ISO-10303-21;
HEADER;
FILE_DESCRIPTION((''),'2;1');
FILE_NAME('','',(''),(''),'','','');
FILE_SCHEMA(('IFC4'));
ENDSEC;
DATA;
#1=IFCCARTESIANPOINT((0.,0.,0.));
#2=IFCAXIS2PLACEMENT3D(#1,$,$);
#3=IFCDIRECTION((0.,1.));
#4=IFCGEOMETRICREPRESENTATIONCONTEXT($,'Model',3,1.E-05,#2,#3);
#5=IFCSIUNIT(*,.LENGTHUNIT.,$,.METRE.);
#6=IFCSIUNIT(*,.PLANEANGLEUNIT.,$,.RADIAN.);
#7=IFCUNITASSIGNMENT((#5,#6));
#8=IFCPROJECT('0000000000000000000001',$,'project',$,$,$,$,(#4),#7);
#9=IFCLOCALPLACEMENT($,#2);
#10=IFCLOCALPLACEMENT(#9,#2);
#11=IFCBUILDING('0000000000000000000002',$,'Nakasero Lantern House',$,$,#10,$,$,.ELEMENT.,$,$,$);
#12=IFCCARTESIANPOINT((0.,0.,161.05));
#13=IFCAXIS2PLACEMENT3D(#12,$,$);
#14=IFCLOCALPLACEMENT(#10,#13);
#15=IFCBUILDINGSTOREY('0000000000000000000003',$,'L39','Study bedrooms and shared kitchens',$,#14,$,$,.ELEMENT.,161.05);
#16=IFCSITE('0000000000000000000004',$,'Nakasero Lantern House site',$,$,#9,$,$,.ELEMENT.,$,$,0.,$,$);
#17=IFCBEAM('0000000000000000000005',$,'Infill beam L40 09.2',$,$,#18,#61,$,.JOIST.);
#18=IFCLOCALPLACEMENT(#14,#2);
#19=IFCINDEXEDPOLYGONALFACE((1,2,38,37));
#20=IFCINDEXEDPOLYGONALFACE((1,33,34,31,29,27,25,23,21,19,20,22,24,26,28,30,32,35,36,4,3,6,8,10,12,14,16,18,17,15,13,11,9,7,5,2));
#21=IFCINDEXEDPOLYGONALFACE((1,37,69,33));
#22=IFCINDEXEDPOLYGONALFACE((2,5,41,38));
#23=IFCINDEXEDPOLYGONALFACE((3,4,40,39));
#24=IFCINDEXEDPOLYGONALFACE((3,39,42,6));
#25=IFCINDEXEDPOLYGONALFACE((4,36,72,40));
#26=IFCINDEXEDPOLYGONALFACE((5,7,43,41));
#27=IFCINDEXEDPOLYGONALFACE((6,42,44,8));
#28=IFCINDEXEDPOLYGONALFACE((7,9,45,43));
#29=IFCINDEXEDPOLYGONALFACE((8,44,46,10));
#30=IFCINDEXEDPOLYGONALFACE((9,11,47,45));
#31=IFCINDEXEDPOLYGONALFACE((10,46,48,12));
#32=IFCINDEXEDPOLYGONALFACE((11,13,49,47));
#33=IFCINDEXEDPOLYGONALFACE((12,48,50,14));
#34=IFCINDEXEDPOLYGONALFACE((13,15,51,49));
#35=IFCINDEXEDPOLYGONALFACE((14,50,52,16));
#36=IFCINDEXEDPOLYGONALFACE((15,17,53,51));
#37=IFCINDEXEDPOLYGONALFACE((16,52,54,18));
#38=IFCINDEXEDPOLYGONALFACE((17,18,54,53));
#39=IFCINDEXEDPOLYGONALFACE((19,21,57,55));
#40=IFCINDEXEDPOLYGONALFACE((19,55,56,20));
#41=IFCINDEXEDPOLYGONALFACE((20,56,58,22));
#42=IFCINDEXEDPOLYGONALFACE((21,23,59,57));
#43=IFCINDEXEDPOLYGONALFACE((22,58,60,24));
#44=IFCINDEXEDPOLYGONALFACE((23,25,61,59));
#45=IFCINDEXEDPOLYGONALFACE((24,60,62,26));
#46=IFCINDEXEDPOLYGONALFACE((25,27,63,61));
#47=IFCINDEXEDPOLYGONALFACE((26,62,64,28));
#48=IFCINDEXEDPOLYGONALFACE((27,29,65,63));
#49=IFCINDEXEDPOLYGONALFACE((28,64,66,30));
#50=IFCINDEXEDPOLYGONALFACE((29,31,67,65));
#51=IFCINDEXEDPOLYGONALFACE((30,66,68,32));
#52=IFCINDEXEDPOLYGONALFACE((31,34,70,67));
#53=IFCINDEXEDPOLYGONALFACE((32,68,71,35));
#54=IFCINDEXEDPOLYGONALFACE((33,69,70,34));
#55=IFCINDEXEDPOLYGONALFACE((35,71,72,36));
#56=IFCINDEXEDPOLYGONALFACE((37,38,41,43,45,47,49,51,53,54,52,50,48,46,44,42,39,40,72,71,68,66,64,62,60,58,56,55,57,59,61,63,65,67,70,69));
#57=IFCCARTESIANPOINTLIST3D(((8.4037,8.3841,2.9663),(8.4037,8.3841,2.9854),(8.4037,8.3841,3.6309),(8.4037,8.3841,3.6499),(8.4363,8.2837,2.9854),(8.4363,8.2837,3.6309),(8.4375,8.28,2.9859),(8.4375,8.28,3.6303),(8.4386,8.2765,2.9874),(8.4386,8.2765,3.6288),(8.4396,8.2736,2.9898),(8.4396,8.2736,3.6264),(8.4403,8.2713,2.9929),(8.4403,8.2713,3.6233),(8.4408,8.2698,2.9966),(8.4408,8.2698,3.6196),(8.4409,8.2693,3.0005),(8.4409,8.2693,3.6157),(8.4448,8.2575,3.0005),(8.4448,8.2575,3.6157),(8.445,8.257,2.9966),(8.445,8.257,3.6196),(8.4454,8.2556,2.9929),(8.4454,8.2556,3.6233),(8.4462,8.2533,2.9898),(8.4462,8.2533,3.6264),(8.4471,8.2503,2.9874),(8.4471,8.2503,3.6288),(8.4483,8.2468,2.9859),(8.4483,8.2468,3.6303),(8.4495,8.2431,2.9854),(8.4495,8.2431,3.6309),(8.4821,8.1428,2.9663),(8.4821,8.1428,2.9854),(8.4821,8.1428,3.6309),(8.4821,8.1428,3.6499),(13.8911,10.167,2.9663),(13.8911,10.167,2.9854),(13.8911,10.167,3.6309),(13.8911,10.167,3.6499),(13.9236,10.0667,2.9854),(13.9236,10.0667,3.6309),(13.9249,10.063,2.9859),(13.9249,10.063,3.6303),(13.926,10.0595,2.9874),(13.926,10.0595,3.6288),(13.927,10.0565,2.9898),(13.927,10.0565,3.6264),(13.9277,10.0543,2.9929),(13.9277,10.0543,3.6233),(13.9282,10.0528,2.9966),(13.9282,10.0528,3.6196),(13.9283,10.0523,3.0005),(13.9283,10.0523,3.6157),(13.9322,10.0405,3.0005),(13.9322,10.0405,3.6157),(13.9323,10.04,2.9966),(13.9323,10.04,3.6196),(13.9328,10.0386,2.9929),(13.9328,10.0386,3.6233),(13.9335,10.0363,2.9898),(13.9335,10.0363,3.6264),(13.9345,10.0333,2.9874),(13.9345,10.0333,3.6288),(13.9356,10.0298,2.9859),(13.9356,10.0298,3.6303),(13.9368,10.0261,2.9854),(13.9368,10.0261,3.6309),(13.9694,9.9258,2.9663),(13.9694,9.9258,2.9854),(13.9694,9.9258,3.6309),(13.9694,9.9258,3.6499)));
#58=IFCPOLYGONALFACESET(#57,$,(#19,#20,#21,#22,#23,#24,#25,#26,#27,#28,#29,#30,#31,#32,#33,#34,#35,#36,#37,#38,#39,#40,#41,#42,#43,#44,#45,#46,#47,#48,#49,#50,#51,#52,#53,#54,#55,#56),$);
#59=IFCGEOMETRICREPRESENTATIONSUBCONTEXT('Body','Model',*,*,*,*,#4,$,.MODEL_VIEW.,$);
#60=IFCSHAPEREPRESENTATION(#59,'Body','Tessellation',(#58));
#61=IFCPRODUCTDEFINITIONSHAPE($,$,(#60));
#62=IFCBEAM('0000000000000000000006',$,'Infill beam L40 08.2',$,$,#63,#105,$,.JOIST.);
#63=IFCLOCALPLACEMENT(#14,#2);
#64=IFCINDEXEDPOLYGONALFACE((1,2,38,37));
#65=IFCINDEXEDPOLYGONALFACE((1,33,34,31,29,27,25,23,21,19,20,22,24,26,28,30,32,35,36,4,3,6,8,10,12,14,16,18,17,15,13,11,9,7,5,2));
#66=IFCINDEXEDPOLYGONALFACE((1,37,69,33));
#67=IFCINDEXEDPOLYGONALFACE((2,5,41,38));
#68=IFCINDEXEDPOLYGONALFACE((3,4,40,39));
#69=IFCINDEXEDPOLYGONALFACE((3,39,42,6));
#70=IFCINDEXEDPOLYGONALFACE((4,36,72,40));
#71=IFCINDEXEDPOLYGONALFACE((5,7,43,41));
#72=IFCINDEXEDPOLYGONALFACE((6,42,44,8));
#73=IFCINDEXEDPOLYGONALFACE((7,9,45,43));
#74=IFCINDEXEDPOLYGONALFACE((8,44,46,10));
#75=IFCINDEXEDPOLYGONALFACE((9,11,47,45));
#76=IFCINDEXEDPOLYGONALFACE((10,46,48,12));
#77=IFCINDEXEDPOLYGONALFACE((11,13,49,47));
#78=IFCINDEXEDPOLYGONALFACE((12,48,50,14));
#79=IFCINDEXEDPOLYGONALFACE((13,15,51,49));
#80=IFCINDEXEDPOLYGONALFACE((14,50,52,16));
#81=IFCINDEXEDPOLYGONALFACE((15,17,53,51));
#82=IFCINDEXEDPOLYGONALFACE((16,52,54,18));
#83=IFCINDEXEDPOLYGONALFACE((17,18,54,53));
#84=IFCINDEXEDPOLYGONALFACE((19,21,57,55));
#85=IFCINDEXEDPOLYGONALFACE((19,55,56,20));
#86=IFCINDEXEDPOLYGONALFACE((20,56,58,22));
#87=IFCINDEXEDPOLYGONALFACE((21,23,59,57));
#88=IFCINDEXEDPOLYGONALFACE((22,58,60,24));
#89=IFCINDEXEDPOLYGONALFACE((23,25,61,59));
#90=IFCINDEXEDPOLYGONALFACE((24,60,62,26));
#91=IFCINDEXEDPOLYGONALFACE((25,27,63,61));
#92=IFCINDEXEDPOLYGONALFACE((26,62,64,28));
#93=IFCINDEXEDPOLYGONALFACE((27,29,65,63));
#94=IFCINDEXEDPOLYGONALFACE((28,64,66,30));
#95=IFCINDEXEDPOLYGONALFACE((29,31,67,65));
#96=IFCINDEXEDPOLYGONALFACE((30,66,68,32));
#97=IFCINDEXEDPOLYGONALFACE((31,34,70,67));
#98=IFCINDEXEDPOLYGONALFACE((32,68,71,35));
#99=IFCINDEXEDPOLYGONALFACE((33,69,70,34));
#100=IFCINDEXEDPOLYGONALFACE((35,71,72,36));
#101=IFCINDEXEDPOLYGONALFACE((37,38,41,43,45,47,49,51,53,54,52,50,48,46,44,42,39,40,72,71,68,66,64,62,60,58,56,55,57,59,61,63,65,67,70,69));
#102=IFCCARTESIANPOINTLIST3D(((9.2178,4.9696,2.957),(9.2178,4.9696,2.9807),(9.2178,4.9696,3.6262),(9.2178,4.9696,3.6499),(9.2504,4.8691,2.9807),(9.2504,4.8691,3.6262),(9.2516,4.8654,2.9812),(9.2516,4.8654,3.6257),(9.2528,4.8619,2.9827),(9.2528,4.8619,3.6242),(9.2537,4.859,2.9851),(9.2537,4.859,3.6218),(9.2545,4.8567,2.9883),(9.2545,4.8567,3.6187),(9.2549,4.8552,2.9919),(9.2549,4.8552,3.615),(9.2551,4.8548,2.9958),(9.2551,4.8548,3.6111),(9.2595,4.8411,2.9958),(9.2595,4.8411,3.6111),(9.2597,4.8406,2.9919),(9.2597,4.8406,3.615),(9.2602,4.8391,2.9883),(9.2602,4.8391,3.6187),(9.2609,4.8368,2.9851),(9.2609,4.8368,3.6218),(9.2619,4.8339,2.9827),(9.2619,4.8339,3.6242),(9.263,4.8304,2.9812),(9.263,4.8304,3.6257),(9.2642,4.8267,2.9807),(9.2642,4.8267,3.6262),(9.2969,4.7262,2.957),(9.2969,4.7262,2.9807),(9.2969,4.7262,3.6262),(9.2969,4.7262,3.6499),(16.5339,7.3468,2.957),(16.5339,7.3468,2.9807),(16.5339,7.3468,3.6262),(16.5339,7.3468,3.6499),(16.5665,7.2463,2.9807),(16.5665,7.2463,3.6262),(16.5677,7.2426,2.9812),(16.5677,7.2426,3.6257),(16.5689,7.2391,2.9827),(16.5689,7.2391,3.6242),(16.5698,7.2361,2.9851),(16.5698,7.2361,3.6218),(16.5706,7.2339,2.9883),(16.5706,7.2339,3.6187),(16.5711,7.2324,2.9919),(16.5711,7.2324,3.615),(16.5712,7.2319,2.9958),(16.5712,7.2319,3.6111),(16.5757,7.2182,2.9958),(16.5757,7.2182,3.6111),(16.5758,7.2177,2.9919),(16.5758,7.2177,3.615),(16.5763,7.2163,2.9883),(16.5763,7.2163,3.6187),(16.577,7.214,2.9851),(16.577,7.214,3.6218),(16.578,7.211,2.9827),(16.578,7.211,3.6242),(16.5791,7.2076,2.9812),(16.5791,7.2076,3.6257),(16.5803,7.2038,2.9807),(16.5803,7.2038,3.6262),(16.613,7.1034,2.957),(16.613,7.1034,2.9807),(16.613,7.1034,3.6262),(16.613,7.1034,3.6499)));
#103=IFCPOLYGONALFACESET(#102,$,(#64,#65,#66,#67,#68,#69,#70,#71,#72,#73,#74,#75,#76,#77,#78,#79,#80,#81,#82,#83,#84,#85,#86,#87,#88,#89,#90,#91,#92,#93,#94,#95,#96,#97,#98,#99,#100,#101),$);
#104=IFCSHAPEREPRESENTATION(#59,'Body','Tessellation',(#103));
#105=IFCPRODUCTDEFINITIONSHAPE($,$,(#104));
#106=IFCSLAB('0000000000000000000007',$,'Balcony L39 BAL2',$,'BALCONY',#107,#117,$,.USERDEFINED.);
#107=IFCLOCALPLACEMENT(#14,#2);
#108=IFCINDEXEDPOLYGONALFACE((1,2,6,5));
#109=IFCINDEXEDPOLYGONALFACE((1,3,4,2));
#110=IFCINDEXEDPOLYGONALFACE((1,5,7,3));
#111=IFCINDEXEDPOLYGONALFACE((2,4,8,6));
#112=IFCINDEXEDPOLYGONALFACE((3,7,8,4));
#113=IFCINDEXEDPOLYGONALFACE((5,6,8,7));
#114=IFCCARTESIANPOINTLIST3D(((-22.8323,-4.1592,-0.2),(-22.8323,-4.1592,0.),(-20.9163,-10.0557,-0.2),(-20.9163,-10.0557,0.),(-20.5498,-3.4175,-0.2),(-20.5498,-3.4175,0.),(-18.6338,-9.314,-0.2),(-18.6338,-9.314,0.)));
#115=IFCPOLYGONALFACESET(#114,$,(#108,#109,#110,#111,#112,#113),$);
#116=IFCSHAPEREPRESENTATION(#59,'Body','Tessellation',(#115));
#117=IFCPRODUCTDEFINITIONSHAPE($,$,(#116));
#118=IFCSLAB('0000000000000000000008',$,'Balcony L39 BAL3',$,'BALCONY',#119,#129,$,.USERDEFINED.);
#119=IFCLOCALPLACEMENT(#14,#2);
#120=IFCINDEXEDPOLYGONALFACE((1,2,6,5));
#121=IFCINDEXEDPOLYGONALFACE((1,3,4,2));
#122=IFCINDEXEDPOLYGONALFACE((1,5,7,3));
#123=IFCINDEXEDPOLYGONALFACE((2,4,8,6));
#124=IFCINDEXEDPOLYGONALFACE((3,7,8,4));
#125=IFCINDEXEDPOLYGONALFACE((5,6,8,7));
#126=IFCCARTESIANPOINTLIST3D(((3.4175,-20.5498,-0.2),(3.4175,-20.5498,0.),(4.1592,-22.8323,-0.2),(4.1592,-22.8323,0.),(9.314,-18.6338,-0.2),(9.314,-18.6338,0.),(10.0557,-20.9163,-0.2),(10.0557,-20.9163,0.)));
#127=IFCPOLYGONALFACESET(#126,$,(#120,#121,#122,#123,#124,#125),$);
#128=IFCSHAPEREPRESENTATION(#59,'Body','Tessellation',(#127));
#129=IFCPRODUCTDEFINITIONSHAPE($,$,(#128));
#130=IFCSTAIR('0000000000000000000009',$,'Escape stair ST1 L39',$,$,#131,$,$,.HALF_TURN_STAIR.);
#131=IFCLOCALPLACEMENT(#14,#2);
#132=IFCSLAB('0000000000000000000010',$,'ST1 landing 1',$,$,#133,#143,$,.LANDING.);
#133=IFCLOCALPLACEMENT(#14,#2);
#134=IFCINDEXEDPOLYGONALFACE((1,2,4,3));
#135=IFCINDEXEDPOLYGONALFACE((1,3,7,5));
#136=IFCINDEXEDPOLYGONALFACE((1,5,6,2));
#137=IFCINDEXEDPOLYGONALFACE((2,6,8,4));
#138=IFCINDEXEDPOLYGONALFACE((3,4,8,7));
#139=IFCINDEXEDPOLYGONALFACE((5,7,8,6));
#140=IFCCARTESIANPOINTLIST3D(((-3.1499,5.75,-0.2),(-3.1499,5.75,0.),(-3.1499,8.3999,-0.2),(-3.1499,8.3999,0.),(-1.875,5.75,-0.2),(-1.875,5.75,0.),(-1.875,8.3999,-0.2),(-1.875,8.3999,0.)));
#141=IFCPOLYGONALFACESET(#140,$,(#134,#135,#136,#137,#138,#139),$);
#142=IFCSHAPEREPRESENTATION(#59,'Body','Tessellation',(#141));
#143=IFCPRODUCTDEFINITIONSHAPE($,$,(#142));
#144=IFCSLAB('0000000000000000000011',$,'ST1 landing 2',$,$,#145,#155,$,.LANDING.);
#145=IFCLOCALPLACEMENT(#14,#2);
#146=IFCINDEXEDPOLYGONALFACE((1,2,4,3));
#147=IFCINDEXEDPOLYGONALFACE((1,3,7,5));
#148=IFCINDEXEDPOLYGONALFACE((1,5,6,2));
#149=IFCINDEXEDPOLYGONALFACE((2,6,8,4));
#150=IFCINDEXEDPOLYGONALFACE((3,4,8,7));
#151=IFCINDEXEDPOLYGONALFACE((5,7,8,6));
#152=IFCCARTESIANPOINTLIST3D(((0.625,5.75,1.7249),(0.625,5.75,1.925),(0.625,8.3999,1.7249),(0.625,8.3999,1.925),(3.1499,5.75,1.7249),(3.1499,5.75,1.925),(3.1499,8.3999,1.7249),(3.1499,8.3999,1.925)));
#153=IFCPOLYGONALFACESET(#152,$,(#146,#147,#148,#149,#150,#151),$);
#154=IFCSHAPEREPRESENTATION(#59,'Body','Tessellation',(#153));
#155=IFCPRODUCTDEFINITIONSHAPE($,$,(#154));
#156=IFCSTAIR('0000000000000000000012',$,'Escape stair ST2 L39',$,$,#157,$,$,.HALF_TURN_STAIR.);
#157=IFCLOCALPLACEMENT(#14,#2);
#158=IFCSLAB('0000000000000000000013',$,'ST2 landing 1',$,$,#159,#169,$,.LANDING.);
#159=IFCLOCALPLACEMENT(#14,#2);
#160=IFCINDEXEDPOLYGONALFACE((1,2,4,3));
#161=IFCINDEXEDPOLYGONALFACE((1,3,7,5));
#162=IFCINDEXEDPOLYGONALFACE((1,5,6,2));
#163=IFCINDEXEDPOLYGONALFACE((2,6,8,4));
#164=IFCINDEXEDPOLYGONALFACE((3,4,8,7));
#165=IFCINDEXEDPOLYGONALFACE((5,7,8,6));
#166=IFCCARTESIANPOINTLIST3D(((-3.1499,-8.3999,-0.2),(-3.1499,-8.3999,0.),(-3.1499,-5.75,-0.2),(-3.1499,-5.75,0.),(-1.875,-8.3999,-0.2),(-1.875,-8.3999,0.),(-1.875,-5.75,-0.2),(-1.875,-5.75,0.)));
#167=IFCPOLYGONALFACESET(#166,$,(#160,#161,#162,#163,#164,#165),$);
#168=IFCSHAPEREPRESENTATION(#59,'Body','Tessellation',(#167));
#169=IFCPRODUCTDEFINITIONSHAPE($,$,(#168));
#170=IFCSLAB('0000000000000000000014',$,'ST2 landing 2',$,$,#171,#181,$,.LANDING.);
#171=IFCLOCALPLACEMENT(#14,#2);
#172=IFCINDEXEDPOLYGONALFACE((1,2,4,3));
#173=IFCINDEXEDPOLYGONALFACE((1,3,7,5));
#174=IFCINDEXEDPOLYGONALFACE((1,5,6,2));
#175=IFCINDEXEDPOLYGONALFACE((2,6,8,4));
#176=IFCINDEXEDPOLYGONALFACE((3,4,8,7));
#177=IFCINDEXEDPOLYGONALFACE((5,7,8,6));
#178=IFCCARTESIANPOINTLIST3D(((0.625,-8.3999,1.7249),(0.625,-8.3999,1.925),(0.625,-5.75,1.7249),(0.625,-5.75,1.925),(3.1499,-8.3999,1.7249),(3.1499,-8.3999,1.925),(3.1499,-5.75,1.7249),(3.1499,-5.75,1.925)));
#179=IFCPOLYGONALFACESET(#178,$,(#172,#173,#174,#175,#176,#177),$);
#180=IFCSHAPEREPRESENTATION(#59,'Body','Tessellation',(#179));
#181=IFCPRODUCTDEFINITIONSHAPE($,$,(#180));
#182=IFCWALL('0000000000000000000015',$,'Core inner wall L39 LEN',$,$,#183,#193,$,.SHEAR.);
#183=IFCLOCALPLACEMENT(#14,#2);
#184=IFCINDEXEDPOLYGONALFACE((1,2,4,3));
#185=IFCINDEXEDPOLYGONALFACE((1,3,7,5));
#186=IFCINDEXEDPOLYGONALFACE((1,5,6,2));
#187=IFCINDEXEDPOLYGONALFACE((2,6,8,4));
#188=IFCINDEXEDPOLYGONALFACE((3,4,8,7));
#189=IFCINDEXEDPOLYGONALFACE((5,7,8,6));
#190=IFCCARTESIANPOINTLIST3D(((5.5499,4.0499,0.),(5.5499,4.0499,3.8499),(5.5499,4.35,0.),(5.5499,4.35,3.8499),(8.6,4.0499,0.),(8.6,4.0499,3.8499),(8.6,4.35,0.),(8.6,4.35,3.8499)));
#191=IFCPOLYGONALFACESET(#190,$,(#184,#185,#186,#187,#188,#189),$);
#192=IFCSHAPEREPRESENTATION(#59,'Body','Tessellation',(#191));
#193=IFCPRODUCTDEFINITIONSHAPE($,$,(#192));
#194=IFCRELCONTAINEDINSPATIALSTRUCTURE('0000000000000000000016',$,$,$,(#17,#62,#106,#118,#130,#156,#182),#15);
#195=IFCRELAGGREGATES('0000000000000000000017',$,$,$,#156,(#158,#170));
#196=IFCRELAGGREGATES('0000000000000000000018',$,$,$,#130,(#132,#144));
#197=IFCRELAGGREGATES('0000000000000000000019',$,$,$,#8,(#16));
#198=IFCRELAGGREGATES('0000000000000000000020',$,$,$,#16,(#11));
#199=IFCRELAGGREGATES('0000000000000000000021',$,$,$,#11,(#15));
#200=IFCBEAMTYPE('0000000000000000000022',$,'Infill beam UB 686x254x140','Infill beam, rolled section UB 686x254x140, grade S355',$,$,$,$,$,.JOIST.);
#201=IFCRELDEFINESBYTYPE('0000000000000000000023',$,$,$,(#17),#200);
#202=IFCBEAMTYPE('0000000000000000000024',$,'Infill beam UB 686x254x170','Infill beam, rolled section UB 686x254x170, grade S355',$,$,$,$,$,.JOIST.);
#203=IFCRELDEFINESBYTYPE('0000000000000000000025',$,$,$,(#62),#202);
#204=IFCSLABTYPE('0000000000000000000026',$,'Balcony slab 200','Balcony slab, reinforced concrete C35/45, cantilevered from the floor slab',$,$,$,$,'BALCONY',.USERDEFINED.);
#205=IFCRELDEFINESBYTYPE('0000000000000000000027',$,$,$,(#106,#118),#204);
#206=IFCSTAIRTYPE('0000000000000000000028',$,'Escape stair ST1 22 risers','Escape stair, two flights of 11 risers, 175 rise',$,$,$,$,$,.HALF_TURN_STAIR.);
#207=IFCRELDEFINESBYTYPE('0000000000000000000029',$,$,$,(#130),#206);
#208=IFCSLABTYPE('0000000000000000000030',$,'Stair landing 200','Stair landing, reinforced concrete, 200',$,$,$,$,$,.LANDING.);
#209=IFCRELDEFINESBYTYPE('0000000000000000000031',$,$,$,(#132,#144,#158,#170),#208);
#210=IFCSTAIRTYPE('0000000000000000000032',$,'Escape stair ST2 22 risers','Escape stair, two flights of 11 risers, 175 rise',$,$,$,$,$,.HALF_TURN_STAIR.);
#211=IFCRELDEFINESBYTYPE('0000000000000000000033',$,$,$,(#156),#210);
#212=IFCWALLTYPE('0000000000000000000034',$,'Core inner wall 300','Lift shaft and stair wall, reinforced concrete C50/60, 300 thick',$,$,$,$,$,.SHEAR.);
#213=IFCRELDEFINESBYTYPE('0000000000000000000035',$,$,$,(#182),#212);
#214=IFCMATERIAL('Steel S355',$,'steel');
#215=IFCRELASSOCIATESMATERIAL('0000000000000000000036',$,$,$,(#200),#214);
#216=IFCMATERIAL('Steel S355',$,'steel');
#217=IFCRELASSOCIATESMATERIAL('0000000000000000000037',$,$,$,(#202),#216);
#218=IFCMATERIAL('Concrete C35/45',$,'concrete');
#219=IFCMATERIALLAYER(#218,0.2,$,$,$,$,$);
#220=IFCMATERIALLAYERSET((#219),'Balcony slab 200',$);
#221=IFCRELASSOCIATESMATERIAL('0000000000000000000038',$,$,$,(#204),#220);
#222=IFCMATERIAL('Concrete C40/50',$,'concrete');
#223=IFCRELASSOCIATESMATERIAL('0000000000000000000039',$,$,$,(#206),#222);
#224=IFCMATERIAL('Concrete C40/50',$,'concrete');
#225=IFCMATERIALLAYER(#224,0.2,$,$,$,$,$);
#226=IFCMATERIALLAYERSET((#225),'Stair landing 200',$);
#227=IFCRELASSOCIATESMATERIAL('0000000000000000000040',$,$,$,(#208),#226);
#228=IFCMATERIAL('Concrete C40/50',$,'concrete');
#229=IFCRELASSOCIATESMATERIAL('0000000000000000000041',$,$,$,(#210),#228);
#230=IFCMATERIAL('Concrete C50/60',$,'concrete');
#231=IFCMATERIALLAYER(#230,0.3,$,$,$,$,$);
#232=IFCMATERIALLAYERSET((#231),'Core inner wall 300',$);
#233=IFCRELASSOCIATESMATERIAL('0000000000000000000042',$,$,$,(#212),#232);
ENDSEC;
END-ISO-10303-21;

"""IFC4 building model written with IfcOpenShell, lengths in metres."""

from ifc_helpers import new_model, si_unit, direction, frame, frame_2d, origin, origin_2d, place, context, subcontext, project, spatial, polyline, rectangle, i_section, outline, extrude, material, layer, layer_set, material_profile, profile_set, type_object, element, aggregate, save


model = new_model("IFC4")

# Units and contexts
model_context = context("Model", 3, precision=1e-05, world=origin(), true_north=direction((0.0, 1.0)))
body_context = subcontext(model_context, "Body", "Model", "MODEL_VIEW")
ifc_project = project(units=[si_unit("LENGTHUNIT", "METRE"), si_unit("PLANEANGLEUNIT", "RADIAN")], contexts=[model_context])

# Site, building, storey
site_placement = place(None, origin())
site = spatial("IfcSite", under=ifc_project, at=site_placement, Name="Nakasero Lantern House site", CompositionType="ELEMENT", RefElevation=0.0)
building_placement = place(site_placement, origin())
building = spatial("IfcBuilding", under=site, at=building_placement, Name="Nakasero Lantern House", CompositionType="ELEMENT")
storey_placement = place(building_placement, frame((0.0, 0.0, 161.05)))
storey = spatial("IfcBuildingStorey", under=building, at=storey_placement, Name="L39", Description="Study bedrooms and shared kitchens", CompositionType="ELEMENT", Elevation=161.05)

# Beams
ifc_material_1 = material(Name="Steel S355", Category="steel")
ifc_material_profile_1 = material_profile(ifc_material_1, i_section(OverallWidth=0.2537, OverallDepth=0.6836, WebThickness=0.0125, FlangeThickness=0.019, FilletRadius=0.0151, at=origin_2d()), Name="UB 686x254x140")
ifc_profile_set_1 = profile_set([ifc_material_profile_1], Name="Steel S355")
beam_type_1 = type_object("IfcBeamType", Name="Infill beam UB 686x254x140", Description="Infill beam, rolled section UB 686x254x140, grade S355", PredefinedType="JOIST", material=ifc_profile_set_1)
beam_1_placement = place(storey_placement, frame((8.4429, 8.2634, 3.3081), z_axis=(0.951055, 0.309021, 0.0), x_axis=(-0.309021, 0.951055, 0.0)))
element("IfcBeam", 1, at=beam_1_placement, inside=storey, type_object=beam_type_1, Name="Infill beam L40 09.2", PredefinedType="JOIST", context=body_context, shape_type="SweptSolid", body=[
    extrude(i_section(OverallWidth=0.2537, OverallDepth=0.6836, WebThickness=0.0125, FlangeThickness=0.019, FilletRadius=0.0151, at=origin_2d()), origin(), (0.0, 0.0, 1.0), 5.7698),
])
ifc_material_2 = material(Name="Steel S355", Category="steel")
ifc_material_profile_2 = material_profile(ifc_material_2, i_section(OverallWidth=0.2559, OverallDepth=0.6929, WebThickness=0.0144, FlangeThickness=0.0237, FilletRadius=0.0151, at=origin_2d()), Name="UB 686x254x170")
ifc_profile_set_2 = profile_set([ifc_material_profile_2], Name="Steel S355")
beam_type_2 = type_object("IfcBeamType", Name="Infill beam UB 686x254x170", Description="Infill beam, rolled section UB 686x254x170, grade S355", PredefinedType="JOIST", material=ifc_profile_set_2)
beam_2_placement = place(storey_placement, frame((9.2573, 4.8479, 3.3035), z_axis=(0.951055, 0.309021, 0.0), x_axis=(-0.309021, 0.951055, 0.0)))
element("IfcBeam", 2, at=beam_2_placement, inside=storey, type_object=beam_type_2, Name="Infill beam L40 08.2", PredefinedType="JOIST", context=body_context, shape_type="SweptSolid", body=[
    extrude(i_section(OverallWidth=0.2559, OverallDepth=0.6929, WebThickness=0.0144, FlangeThickness=0.0237, FilletRadius=0.0151, at=origin_2d()), origin(), (0.0, 0.0, 1.0), 7.6926),
])

# Slabs
ifc_material_3 = material(Name="Concrete C35/45", Category="concrete")
ifc_layer_1 = layer(ifc_material_3, 0.2)
ifc_layer_set_1 = layer_set([ifc_layer_1], Name="Balcony slab 200")
slab_type_1 = type_object("IfcSlabType", Name="Balcony slab 200", Description="Balcony slab, reinforced concrete C35/45, cantilevered from the floor slab", ElementType="BALCONY", PredefinedType="USERDEFINED", material=ifc_layer_set_1)
slab_1_placement = place(storey_placement, frame((0.0, 0.0, -0.2)))
element("IfcSlab", 3, at=slab_1_placement, inside=storey, type_object=slab_type_1, Name="Balcony L39 BAL2", ObjectType="BALCONY", PredefinedType="USERDEFINED", context=body_context, shape_type="SweptSolid", body=[
    extrude(outline(polyline([(-20.5498, -3.4175), (-22.8323, -4.1592), (-20.9163, -10.0557), (-18.6338, -9.314), (-20.5498, -3.4175)])), origin(), (0.0, 0.0, 1.0), 0.2),
])
slab_2_placement = place(storey_placement, frame((0.0, 0.0, -0.2)))
element("IfcSlab", 4, at=slab_2_placement, inside=storey, type_object=slab_type_1, Name="Balcony L39 BAL3", ObjectType="BALCONY", PredefinedType="USERDEFINED", context=body_context, shape_type="SweptSolid", body=[
    extrude(outline(polyline([(3.4175, -20.5498), (4.1592, -22.8323), (10.0557, -20.9163), (9.314, -18.6338), (3.4175, -20.5498)])), origin(), (0.0, 0.0, 1.0), 0.2),
])

# Stairs, slabs
ifc_material_4 = material(Name="Concrete C40/50", Category="concrete")
stair_type_1 = type_object("IfcStairType", Name="Escape stair ST1 22 risers", Description="Escape stair, two flights of 11 risers, 175 rise", PredefinedType="HALF_TURN_STAIR", material=ifc_material_4)
stair_1_placement = place(storey_placement, origin())
stair_1 = element("IfcStair", 5, at=stair_1_placement, inside=storey, type_object=stair_type_1, Name="Escape stair ST1 L39", PredefinedType="HALF_TURN_STAIR")
ifc_material_5 = material(Name="Concrete C40/50", Category="concrete")
ifc_layer_2 = layer(ifc_material_5, 0.2)
ifc_layer_set_2 = layer_set([ifc_layer_2], Name="Stair landing 200")
slab_type_2 = type_object("IfcSlabType", Name="Stair landing 200", Description="Stair landing, reinforced concrete, 200", PredefinedType="LANDING", material=ifc_layer_set_2)
slab_3_placement = place(storey_placement, frame((0.0, 0.0, -0.2)))
slab_3 = element("IfcSlab", 6, at=slab_3_placement, type_object=slab_type_2, Name="ST1 landing 1", PredefinedType="LANDING", context=body_context, shape_type="SweptSolid", body=[
    extrude(outline(polyline([(-3.1499, 5.75), (-1.875, 5.75), (-1.875, 8.3999), (-3.1499, 8.3999), (-3.1499, 5.75)])), origin(), (0.0, 0.0, 1.0), 0.2),
])
slab_4_placement = place(storey_placement, frame((0.0, 0.0, 1.7249)))
slab_4 = element("IfcSlab", 7, at=slab_4_placement, type_object=slab_type_2, Name="ST1 landing 2", PredefinedType="LANDING", context=body_context, shape_type="SweptSolid", body=[
    extrude(outline(polyline([(0.625, 5.75), (3.1499, 5.75), (3.1499, 8.3999), (0.625, 8.3999), (0.625, 5.75)])), origin(), (0.0, 0.0, 1.0), 0.2002),
])
ifc_material_6 = material(Name="Concrete C40/50", Category="concrete")
stair_type_2 = type_object("IfcStairType", Name="Escape stair ST2 22 risers", Description="Escape stair, two flights of 11 risers, 175 rise", PredefinedType="HALF_TURN_STAIR", material=ifc_material_6)
stair_2_placement = place(storey_placement, origin())
stair_2 = element("IfcStair", 8, at=stair_2_placement, inside=storey, type_object=stair_type_2, Name="Escape stair ST2 L39", PredefinedType="HALF_TURN_STAIR")
slab_5_placement = place(storey_placement, frame((0.0, 0.0, -0.2)))
slab_5 = element("IfcSlab", 9, at=slab_5_placement, type_object=slab_type_2, Name="ST2 landing 1", PredefinedType="LANDING", context=body_context, shape_type="SweptSolid", body=[
    extrude(outline(polyline([(-3.1499, -8.3999), (-1.875, -8.3999), (-1.875, -5.75), (-3.1499, -5.75), (-3.1499, -8.3999)])), origin(), (0.0, 0.0, 1.0), 0.2),
])
slab_6_placement = place(storey_placement, frame((0.0, 0.0, 1.7249)))
slab_6 = element("IfcSlab", 10, at=slab_6_placement, type_object=slab_type_2, Name="ST2 landing 2", PredefinedType="LANDING", context=body_context, shape_type="SweptSolid", body=[
    extrude(outline(polyline([(0.625, -8.3999), (3.1499, -8.3999), (3.1499, -5.75), (0.625, -5.75), (0.625, -8.3999)])), origin(), (0.0, 0.0, 1.0), 0.2002),
])
aggregate(stair_2, [slab_5, slab_6])

# Wall
ifc_material_7 = material(Name="Concrete C50/60", Category="concrete")
ifc_layer_3 = layer(ifc_material_7, 0.3)
ifc_layer_set_3 = layer_set([ifc_layer_3], Name="Core inner wall 300")
wall_type_1 = type_object("IfcWallType", Name="Core inner wall 300", Description="Lift shaft and stair wall, reinforced concrete C50/60, 300 thick", PredefinedType="SHEAR", material=ifc_layer_set_3)
wall_1_placement = place(storey_placement, frame((5.55, 4.2, 0.0), z_axis=(0.0, 0.0, 1.0), x_axis=(1.0, 0.0, 0.0)))
element("IfcWall", 11, at=wall_1_placement, inside=storey, type_object=wall_type_1, Name="Core inner wall L39 LEN", PredefinedType="SHEAR", context=body_context, shape_type="SweptSolid", body=[
    extrude(rectangle(XDim=3.05, YDim=0.3, at=frame_2d((1.5249, 0.0))), origin(), (0.0, 0.0, 1.0), 3.8499),
])

aggregate(stair_1, [slab_3, slab_4])

save(model, "model.ifc")
